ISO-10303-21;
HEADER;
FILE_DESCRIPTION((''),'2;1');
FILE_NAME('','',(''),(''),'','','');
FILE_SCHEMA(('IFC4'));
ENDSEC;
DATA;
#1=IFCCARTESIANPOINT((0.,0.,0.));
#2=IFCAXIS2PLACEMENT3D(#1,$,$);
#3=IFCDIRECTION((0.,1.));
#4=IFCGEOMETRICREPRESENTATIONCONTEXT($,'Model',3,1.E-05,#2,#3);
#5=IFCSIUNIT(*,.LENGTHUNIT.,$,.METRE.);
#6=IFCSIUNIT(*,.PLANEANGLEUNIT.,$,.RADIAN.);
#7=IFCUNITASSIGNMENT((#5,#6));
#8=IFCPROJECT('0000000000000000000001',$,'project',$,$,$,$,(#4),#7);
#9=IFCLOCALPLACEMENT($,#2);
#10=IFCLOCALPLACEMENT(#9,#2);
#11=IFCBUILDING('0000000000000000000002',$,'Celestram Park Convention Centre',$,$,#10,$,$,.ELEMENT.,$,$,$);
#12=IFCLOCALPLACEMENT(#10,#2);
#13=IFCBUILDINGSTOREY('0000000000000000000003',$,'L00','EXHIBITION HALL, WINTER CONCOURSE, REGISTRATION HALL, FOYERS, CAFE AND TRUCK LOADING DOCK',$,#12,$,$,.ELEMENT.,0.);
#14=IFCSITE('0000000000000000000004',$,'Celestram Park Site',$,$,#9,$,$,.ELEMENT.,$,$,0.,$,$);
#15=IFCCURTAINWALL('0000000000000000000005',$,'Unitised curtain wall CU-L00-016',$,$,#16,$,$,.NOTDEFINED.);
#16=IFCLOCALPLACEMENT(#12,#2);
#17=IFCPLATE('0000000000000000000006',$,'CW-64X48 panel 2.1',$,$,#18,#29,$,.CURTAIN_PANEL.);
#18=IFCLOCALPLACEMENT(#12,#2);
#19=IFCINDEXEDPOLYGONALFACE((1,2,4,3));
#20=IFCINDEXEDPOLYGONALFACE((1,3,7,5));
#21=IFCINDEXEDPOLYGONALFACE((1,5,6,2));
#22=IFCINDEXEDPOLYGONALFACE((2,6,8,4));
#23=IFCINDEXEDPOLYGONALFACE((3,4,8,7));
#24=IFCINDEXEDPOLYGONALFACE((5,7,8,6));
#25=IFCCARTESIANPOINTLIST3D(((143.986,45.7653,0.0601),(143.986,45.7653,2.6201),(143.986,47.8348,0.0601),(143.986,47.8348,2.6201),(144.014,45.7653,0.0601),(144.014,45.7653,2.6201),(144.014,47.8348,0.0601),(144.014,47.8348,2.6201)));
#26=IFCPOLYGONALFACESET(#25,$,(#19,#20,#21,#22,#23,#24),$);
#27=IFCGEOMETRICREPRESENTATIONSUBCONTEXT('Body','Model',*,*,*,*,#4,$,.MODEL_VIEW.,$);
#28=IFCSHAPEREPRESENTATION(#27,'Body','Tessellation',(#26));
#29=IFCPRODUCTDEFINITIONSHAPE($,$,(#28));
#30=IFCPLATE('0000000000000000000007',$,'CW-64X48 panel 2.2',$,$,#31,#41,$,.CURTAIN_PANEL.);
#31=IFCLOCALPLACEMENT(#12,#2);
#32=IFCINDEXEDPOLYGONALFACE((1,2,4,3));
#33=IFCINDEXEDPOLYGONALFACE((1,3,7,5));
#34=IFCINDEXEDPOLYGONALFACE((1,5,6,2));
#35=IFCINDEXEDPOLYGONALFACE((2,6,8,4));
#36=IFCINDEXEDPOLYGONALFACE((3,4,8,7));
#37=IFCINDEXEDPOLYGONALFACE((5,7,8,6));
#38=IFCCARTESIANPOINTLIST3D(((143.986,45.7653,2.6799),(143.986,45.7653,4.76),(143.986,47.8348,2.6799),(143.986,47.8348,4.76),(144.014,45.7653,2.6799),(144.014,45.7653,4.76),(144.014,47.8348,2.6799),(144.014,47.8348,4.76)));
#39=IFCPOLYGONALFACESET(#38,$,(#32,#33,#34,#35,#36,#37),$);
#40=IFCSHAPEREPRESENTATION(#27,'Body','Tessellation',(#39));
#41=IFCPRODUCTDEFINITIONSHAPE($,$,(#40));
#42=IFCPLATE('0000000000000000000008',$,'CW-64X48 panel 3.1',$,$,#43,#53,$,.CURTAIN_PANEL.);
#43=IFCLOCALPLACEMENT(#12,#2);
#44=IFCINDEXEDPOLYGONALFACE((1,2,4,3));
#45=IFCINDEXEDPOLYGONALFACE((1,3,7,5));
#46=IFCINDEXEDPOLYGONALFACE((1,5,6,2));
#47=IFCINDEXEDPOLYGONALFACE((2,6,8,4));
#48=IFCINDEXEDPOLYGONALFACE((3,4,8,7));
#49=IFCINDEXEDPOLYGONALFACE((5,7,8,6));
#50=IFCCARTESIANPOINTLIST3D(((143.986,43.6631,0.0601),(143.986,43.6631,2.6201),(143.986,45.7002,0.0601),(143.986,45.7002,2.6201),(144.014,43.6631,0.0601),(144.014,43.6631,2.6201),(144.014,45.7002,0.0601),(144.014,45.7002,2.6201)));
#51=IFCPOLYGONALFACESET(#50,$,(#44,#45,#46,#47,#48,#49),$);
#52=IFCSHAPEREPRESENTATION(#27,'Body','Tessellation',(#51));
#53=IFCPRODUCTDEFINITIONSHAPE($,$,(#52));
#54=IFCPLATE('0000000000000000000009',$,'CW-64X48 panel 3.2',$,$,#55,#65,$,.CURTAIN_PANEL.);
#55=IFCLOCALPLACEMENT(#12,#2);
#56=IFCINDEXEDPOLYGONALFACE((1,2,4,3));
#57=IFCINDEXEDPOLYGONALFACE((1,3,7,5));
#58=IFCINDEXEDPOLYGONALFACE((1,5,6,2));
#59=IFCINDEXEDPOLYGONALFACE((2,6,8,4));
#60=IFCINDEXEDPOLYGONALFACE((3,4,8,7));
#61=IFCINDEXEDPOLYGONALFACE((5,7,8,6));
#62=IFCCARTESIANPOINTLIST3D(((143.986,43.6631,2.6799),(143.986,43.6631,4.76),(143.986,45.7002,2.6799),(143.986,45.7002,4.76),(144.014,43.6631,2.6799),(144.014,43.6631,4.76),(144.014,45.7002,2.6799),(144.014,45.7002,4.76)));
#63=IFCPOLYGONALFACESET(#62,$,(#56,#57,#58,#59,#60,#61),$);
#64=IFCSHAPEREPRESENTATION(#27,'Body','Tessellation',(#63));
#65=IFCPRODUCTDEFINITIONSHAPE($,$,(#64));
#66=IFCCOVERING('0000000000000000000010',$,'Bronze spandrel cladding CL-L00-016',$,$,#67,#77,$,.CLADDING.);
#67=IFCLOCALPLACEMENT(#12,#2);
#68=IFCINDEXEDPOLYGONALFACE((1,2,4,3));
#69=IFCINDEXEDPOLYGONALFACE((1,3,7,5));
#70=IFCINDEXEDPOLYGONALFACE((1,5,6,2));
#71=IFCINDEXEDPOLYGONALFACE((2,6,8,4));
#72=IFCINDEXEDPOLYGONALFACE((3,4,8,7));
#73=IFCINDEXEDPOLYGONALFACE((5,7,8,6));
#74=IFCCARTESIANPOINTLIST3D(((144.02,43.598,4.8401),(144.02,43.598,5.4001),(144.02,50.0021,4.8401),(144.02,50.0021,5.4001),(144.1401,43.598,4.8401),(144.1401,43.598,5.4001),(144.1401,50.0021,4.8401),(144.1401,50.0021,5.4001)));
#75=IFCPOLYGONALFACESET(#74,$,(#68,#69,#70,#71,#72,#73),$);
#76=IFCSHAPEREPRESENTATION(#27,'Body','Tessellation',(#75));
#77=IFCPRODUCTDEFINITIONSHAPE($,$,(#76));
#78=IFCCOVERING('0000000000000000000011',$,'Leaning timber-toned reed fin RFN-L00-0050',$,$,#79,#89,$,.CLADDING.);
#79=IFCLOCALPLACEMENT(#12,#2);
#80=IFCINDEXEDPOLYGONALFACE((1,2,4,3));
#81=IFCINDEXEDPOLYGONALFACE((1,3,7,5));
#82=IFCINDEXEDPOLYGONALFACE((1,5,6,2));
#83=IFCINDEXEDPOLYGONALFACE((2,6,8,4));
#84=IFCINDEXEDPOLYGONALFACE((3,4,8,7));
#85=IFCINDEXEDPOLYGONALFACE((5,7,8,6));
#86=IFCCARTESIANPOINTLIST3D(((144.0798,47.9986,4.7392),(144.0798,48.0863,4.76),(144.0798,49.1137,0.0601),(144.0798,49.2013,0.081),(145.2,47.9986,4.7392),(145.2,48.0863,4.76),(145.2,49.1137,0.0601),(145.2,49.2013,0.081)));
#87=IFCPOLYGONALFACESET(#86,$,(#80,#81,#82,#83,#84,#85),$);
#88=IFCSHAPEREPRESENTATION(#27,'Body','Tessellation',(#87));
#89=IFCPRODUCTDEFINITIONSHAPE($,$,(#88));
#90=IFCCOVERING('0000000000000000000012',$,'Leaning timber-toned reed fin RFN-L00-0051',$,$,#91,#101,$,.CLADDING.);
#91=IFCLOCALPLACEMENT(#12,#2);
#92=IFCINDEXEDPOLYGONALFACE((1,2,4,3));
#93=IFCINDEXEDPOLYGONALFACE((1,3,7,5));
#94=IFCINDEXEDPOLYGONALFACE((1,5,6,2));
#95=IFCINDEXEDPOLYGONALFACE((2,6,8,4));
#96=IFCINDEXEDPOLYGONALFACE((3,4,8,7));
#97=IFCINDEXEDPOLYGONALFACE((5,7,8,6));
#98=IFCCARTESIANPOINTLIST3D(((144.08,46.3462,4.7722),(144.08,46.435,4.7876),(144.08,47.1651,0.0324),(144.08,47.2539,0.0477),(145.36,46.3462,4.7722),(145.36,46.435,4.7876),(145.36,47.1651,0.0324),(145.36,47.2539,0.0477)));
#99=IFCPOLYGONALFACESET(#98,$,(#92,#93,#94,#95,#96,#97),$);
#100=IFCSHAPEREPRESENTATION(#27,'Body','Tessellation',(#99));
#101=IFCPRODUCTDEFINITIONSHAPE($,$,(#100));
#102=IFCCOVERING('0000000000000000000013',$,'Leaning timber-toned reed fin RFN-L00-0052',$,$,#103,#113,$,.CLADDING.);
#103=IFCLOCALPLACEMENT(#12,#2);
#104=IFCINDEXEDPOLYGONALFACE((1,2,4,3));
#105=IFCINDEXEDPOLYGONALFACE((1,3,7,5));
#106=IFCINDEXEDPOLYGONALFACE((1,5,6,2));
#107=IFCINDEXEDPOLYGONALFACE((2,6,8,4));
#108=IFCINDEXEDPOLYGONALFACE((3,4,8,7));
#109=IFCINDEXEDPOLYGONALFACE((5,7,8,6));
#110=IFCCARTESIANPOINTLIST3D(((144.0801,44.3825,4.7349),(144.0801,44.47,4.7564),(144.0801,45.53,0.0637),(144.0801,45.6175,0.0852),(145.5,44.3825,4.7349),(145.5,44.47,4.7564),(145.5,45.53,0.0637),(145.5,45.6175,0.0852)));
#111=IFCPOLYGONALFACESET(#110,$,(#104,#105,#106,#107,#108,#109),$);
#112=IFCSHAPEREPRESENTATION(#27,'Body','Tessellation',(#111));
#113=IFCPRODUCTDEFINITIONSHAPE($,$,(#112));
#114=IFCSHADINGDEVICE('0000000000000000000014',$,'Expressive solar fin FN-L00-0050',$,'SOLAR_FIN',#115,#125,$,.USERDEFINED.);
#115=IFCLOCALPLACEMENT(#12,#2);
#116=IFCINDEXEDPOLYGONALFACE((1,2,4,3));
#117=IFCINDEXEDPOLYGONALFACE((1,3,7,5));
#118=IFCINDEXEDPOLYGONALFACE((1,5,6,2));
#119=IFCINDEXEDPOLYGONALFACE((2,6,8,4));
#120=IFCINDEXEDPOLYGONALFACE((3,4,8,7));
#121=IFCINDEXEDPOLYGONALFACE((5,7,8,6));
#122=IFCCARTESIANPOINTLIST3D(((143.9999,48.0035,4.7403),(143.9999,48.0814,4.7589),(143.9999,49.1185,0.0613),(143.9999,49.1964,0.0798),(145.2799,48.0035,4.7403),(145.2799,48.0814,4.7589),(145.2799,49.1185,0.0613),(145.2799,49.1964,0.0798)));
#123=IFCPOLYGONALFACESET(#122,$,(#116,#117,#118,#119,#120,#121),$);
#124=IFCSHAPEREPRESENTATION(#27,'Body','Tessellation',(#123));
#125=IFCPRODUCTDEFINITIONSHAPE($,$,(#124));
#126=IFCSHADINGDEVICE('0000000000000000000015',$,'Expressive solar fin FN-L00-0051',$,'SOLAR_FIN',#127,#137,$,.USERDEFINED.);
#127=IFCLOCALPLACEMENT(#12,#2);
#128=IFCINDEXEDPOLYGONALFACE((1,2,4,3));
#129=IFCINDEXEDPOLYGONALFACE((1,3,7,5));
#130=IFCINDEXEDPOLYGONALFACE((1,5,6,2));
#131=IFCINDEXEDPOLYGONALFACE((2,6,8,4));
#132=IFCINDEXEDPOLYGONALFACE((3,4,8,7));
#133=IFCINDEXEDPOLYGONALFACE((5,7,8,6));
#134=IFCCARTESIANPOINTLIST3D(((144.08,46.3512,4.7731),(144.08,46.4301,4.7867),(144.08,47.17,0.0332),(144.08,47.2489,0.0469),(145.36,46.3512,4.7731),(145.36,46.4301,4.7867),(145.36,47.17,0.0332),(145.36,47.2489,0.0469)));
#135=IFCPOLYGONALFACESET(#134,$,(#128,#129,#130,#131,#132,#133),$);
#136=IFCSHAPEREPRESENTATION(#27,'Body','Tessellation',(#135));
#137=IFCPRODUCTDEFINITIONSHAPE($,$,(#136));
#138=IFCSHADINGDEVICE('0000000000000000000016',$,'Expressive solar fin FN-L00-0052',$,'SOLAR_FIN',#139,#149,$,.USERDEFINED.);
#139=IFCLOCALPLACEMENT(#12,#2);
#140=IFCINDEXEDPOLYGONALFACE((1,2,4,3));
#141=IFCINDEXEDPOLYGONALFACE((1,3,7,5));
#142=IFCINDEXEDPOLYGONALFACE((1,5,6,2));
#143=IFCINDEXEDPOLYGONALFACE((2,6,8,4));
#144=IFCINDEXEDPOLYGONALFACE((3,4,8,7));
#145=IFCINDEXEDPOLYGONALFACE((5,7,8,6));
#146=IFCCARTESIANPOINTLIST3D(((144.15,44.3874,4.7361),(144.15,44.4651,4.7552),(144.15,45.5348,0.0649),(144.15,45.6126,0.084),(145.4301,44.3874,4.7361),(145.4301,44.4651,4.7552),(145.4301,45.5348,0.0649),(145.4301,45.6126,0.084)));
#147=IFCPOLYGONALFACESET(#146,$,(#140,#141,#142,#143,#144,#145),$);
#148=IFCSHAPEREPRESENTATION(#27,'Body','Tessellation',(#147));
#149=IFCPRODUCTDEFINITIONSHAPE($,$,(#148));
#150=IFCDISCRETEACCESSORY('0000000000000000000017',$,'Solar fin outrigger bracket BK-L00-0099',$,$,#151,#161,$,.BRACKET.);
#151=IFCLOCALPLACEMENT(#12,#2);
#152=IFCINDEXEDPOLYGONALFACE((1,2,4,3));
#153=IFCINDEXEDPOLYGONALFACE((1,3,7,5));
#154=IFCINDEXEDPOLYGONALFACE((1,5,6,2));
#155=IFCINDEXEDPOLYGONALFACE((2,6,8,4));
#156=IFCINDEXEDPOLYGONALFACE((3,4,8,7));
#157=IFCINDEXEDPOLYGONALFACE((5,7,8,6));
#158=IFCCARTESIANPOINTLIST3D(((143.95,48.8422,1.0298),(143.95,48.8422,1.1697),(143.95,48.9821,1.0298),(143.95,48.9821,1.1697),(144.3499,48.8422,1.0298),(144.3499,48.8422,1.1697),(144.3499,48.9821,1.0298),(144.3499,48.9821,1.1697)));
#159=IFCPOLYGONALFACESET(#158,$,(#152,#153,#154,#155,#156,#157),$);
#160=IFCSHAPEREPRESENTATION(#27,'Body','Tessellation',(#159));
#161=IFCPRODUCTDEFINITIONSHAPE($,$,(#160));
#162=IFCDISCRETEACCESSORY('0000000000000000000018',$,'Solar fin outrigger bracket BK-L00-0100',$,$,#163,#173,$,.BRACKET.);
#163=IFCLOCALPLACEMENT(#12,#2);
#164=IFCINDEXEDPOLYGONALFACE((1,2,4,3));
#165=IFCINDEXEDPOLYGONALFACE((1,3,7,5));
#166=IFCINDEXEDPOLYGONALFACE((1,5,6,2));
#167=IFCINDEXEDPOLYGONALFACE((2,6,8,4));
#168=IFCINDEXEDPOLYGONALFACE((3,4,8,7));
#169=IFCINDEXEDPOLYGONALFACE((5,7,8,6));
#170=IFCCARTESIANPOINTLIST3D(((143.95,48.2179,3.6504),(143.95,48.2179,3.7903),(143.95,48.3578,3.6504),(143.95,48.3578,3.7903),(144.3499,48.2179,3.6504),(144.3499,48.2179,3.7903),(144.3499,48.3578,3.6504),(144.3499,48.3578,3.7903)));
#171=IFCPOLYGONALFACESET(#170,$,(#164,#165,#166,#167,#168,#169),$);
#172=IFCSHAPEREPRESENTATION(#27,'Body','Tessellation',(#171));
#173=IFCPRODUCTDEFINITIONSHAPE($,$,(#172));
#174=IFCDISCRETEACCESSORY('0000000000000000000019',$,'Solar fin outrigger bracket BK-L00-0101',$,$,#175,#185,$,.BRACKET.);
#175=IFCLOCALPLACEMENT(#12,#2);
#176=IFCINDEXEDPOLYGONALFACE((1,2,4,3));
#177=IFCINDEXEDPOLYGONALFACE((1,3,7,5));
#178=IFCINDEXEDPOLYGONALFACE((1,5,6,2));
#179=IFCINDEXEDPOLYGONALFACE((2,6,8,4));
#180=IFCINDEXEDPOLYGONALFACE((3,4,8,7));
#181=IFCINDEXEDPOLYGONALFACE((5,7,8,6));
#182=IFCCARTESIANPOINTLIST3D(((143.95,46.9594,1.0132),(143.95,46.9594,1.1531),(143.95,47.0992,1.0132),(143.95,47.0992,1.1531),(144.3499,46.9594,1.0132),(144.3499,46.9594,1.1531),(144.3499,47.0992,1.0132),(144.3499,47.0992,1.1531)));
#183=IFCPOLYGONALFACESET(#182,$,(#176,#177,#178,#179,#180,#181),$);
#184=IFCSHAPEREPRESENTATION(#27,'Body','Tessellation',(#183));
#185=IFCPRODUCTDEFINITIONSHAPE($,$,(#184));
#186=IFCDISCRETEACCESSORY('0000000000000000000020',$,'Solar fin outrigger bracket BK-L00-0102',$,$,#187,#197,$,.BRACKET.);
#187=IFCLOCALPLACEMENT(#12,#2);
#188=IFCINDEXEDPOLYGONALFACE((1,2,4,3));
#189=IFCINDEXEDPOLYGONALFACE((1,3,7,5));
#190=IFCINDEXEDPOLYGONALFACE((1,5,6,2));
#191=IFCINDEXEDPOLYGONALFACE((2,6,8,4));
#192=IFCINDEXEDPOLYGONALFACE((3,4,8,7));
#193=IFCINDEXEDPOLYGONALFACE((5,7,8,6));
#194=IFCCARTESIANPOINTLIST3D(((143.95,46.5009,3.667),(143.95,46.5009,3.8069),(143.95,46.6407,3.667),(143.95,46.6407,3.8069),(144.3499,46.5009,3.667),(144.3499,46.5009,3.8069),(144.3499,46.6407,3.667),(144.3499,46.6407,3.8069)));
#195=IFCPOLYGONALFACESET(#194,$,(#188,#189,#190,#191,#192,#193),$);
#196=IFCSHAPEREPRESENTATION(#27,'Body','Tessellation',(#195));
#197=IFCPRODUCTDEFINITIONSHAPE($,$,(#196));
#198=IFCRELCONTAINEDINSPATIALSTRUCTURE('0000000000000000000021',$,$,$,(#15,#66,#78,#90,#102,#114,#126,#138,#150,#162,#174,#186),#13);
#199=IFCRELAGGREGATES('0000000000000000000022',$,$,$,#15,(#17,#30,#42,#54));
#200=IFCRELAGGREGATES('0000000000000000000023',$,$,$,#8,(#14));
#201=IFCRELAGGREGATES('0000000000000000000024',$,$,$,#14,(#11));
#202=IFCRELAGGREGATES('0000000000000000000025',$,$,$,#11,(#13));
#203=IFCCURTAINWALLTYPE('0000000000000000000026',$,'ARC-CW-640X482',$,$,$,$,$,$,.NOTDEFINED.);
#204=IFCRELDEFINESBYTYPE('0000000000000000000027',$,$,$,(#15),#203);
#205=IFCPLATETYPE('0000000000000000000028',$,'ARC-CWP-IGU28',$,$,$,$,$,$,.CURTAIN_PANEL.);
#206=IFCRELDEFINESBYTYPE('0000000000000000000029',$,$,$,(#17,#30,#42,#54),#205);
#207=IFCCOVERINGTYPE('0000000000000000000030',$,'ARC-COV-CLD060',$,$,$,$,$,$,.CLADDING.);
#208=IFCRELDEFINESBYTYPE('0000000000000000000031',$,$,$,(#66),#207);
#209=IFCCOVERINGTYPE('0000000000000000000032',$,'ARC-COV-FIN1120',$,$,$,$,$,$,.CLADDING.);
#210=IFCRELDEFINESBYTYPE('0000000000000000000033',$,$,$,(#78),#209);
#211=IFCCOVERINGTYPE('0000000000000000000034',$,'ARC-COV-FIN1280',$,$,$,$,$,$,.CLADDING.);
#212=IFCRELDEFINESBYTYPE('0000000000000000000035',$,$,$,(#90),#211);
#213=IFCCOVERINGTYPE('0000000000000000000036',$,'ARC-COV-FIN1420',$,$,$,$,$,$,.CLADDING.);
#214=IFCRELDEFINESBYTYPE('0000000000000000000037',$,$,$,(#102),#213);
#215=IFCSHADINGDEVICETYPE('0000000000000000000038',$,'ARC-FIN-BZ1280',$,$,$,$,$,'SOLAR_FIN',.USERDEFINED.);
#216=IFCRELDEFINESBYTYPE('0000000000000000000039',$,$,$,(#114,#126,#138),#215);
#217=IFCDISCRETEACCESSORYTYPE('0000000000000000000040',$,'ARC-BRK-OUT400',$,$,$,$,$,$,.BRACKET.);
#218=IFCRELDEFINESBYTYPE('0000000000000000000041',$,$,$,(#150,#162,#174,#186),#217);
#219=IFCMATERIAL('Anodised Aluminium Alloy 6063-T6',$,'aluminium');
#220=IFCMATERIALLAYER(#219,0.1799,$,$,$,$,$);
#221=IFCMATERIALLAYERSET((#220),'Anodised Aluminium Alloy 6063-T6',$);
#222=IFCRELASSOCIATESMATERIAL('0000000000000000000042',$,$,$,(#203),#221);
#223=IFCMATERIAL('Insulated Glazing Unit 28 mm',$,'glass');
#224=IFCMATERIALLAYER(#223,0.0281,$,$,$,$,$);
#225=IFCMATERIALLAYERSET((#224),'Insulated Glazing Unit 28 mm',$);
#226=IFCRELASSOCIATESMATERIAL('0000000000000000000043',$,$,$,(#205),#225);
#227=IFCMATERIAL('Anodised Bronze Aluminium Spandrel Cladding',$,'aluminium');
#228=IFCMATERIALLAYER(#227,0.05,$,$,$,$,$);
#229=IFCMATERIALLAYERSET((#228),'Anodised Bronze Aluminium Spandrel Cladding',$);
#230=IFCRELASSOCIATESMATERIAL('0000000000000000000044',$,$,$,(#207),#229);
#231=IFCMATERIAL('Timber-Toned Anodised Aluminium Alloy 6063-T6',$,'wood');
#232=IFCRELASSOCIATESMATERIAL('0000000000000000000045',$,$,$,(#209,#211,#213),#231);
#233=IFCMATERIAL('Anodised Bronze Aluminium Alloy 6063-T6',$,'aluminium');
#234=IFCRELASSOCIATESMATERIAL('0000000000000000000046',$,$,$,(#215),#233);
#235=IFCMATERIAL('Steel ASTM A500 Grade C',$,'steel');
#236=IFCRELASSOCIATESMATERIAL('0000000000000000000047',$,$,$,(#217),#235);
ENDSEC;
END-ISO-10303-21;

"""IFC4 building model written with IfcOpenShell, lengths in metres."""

from ifc_helpers import new_model, si_unit, direction, frame, origin, origin_2d, place, context, subcontext, project, spatial, rectangle, extrude, material, layer, layer_set, material_profile, profile_set, type_object, element, aggregate, save


model = new_model("IFC4")

# Units and contexts
model_context = context("Model", 3, precision=1e-05, world=origin(), true_north=direction((0.0, 1.0)))
body_context = subcontext(model_context, "Body", "Model", "MODEL_VIEW")
ifc_project = project(units=[si_unit("LENGTHUNIT", "METRE"), si_unit("PLANEANGLEUNIT", "RADIAN")], contexts=[model_context])

# Site, building, storey
site_placement = place(None, origin())
site = spatial("IfcSite", under=ifc_project, at=site_placement, Name="Celestram Park Site", CompositionType="ELEMENT", RefElevation=0.0)
building_placement = place(site_placement, origin())
building = spatial("IfcBuilding", under=site, at=building_placement, Name="Celestram Park Convention Centre", CompositionType="ELEMENT")
storey_placement = place(building_placement, origin())
storey = spatial("IfcBuildingStorey", under=building, at=storey_placement, Name="L00", Description="EXHIBITION HALL, WINTER CONCOURSE, REGISTRATION HALL, FOYERS, CAFE AND TRUCK LOADING DOCK", CompositionType="ELEMENT", Elevation=0.0)

# Curtain wall, plates
ifc_material_1 = material(Name="Anodised Aluminium Alloy 6063-T6", Category="aluminium")
ifc_layer_1 = layer(ifc_material_1, 0.1799)
ifc_layer_set_1 = layer_set([ifc_layer_1], Name="Anodised Aluminium Alloy 6063-T6")
curtain_wall_type = type_object("IfcCurtainWallType", Name="ARC-CW-640X482", PredefinedType="NOTDEFINED", material=ifc_layer_set_1)
curtain_wall_placement = place(storey_placement, origin())
curtain_wall = element("IfcCurtainWall", 1, at=curtain_wall_placement, inside=storey, type_object=curtain_wall_type, Name="Unitised curtain wall CU-L00-016", PredefinedType="NOTDEFINED")
ifc_material_2 = material(Name="Insulated Glazing Unit 28 mm", Category="glass")
ifc_layer_2 = layer(ifc_material_2, 0.0281)
ifc_layer_set_2 = layer_set([ifc_layer_2], Name="Insulated Glazing Unit 28 mm")
plate_type = type_object("IfcPlateType", Name="ARC-CWP-IGU28", PredefinedType="CURTAIN_PANEL", material=ifc_layer_set_2)
plate_1_placement = place(storey_placement, frame((144.0, 46.8, 0.0601), z_axis=(0.0, 0.0, 1.0), x_axis=(0.0, -1.0, 0.0)))
plate_1 = element("IfcPlate", 2, at=plate_1_placement, type_object=plate_type, Name="CW-64X48 panel 2.1", PredefinedType="CURTAIN_PANEL", context=body_context, shape_type="SweptSolid", body=[
    extrude(rectangle(XDim=2.0696, YDim=0.0281, at=origin_2d()), origin(), (0.0, 0.0, 1.0), 2.5601),
])
plate_2_placement = place(storey_placement, frame((144.0, 46.8, 2.6799), z_axis=(0.0, 0.0, 1.0), x_axis=(0.0, -1.0, 0.0)))
plate_2 = element("IfcPlate", 3, at=plate_2_placement, type_object=plate_type, Name="CW-64X48 panel 2.2", PredefinedType="CURTAIN_PANEL", context=body_context, shape_type="SweptSolid", body=[
    extrude(rectangle(XDim=2.0696, YDim=0.0281, at=origin_2d()), origin(), (0.0, 0.0, 1.0), 2.0801),
])
plate_3_placement = place(storey_placement, frame((144.0, 44.6816, 0.0601), z_axis=(0.0, 0.0, 1.0), x_axis=(0.0, -1.0, 0.0)))
plate_3 = element("IfcPlate", 4, at=plate_3_placement, type_object=plate_type, Name="CW-64X48 panel 3.1", PredefinedType="CURTAIN_PANEL", context=body_context, shape_type="SweptSolid", body=[
    extrude(rectangle(XDim=2.0371, YDim=0.0281, at=origin_2d()), origin(), (0.0, 0.0, 1.0), 2.5601),
])
plate_4_placement = place(storey_placement, frame((144.0, 44.6816, 2.6799), z_axis=(0.0, 0.0, 1.0), x_axis=(0.0, -1.0, 0.0)))
plate_4 = element("IfcPlate", 5, at=plate_4_placement, type_object=plate_type, Name="CW-64X48 panel 3.2", PredefinedType="CURTAIN_PANEL", context=body_context, shape_type="SweptSolid", body=[
    extrude(rectangle(XDim=2.0371, YDim=0.0281, at=origin_2d()), origin(), (0.0, 0.0, 1.0), 2.0801),
])
aggregate(curtain_wall, [plate_1, plate_2, plate_3, plate_4])

# Coverings
ifc_material_3 = material(Name="Anodised Bronze Aluminium Spandrel Cladding", Category="aluminium")
ifc_layer_3 = layer(ifc_material_3, 0.05)
ifc_layer_set_3 = layer_set([ifc_layer_3], Name="Anodised Bronze Aluminium Spandrel Cladding")
covering_type_1 = type_object("IfcCoveringType", Name="ARC-COV-CLD060", PredefinedType="CLADDING", material=ifc_layer_set_3)
covering_1_placement = place(storey_placement, frame((144.0801, 46.8, 4.8401), z_axis=(0.0, 0.0, 1.0), x_axis=(0.0, -1.0, 0.0)))
element("IfcCovering", 6, at=covering_1_placement, inside=storey, type_object=covering_type_1, Name="Bronze spandrel cladding CL-L00-016", PredefinedType="CLADDING", context=body_context, shape_type="SweptSolid", body=[
    extrude(rectangle(XDim=6.4041, YDim=0.1201, at=origin_2d()), origin(), (0.0, 0.0, 1.0), 0.5601),
])
ifc_material_4 = material(Name="Timber-Toned Anodised Aluminium Alloy 6063-T6", Category="wood")
ifc_material_profile_1 = material_profile(ifc_material_4, rectangle(XDim=1.1201, YDim=0.0901, at=origin_2d()), Name="REED1120X90")
ifc_profile_set_1 = profile_set([ifc_material_profile_1], Name="Timber-Toned Anodised Aluminium Alloy 6063-T6")
covering_type_2 = type_object("IfcCoveringType", Name="ARC-COV-FIN1120", PredefinedType="CLADDING", material=ifc_profile_set_1)
covering_2_placement = place(storey_placement, frame((144.6399, 49.1575, 0.0706), z_axis=(0.0, -0.231808, 0.972762), x_axis=(1.0, 0.0, 0.0)))
element("IfcCovering", 7, at=covering_2_placement, inside=storey, type_object=covering_type_2, Name="Leaning timber-toned reed fin RFN-L00-0050", PredefinedType="CLADDING", context=body_context, shape_type="SweptSolid", body=[
    extrude(rectangle(XDim=1.1201, YDim=0.0901, at=origin_2d()), origin(), (0.0, 0.0, 1.0), 4.8101),
])
ifc_material_profile_2 = material_profile(ifc_material_4, rectangle(XDim=1.28, YDim=0.0901, at=origin_2d()), Name="REED1280X90")
ifc_profile_set_2 = profile_set([ifc_material_profile_2], Name="Timber-Toned Anodised Aluminium Alloy 6063-T6")
covering_type_3 = type_object("IfcCoveringType", Name="ARC-COV-FIN1280", PredefinedType="CLADDING", material=ifc_profile_set_2)
covering_3_placement = place(storey_placement, frame((144.72, 47.2095, 0.04), z_axis=(0.0, -0.17024, 0.985403), x_axis=(1.0, 0.0, 0.0)))
element("IfcCovering", 8, at=covering_3_placement, inside=storey, type_object=covering_type_3, Name="Leaning timber-toned reed fin RFN-L00-0051", PredefinedType="CLADDING", context=body_context, shape_type="SweptSolid", body=[
    extrude(rectangle(XDim=1.28, YDim=0.0901, at=origin_2d()), origin(), (0.0, 0.0, 1.0), 4.8101),
])
ifc_material_profile_3 = material_profile(ifc_material_4, rectangle(XDim=1.4199, YDim=0.0901, at=origin_2d()), Name="REED1420X90")
ifc_profile_set_3 = profile_set([ifc_material_profile_3], Name="Timber-Toned Anodised Aluminium Alloy 6063-T6")
covering_type_4 = type_object("IfcCoveringType", Name="ARC-COV-FIN1420", PredefinedType="CLADDING", material=ifc_profile_set_3)
covering_4_placement = place(storey_placement, frame((144.79, 45.5737, 0.0745), z_axis=(0.0, -0.238557, 0.971129), x_axis=(1.0, 0.0, 0.0)))
element("IfcCovering", 9, at=covering_4_placement, inside=storey, type_object=covering_type_4, Name="Leaning timber-toned reed fin RFN-L00-0052", PredefinedType="CLADDING", context=body_context, shape_type="SweptSolid", body=[
    extrude(rectangle(XDim=1.4199, YDim=0.0901, at=origin_2d()), origin(), (0.0, 0.0, 1.0), 4.8101),
])

# Shading devices
ifc_material_5 = material(Name="Anodised Bronze Aluminium Alloy 6063-T6", Category="aluminium")
ifc_material_profile_4 = material_profile(ifc_material_5, rectangle(XDim=1.28, YDim=0.0801, at=origin_2d()), Name="FIN1280X80")
ifc_profile_set_4 = profile_set([ifc_material_profile_4], Name="Anodised Bronze Aluminium Alloy 6063-T6")
shading_device_type = type_object("IfcShadingDeviceType", Name="ARC-FIN-BZ1280", ElementType="SOLAR_FIN", PredefinedType="USERDEFINED", material=ifc_profile_set_4)
for number, where, z_axis, x_axis, name in (
    (10, (144.6399, 49.1575, 0.0706), (0.0, -0.231808, 0.972762), (1.0, 0.0, 0.0), "Expressive solar fin FN-L00-0050"),
    (11, (144.72, 47.2095, 0.04), (0.0, -0.17024, 0.985403), (1.0, 0.0, 0.0), "Expressive solar fin FN-L00-0051"),
    (12, (144.79, 45.5737, 0.0745), (0.0, -0.238557, 0.971129), (1.0, 0.0, 0.0), "Expressive solar fin FN-L00-0052"),
):
    element("IfcShadingDevice", number, at=place(storey_placement, frame(where, z_axis=z_axis, x_axis=x_axis)), inside=storey, type_object=shading_device_type, Name=name, ObjectType="SOLAR_FIN", PredefinedType="USERDEFINED", context=body_context, shape_type="SweptSolid", body=[
        extrude(rectangle(XDim=1.28, YDim=0.0801, at=origin_2d()), origin(), (0.0, 0.0, 1.0), 4.8101),
    ])

# Discrete accessories
ifc_material_6 = material(Name="Steel ASTM A500 Grade C", Category="steel")
discrete_accessory_type = type_object("IfcDiscreteAccessoryType", Name="ARC-BRK-OUT400", PredefinedType="BRACKET", material=ifc_material_6)
for number, where, z_axis, x_axis, name in (
    (13, (144.1499, 48.9121, 1.0298), (0.0, 0.0, 1.0), (1.0, 0.0, 0.0), "Solar fin outrigger bracket BK-L00-0099"),
    (14, (144.1499, 48.2878, 3.6504), (0.0, 0.0, 1.0), (1.0, 0.0, 0.0), "Solar fin outrigger bracket BK-L00-0100"),
    (15, (144.1499, 47.0293, 1.0132), (0.0, 0.0, 1.0), (1.0, 0.0, 0.0), "Solar fin outrigger bracket BK-L00-0101"),
    (16, (144.1499, 46.5708, 3.667), (0.0, 0.0, 1.0), (1.0, 0.0, 0.0), "Solar fin outrigger bracket BK-L00-0102"),
):
    element("IfcDiscreteAccessory", number, at=place(storey_placement, frame(where, z_axis=z_axis, x_axis=x_axis)), inside=storey, type_object=discrete_accessory_type, Name=name, PredefinedType="BRACKET", context=body_context, shape_type="SweptSolid", body=[
        extrude(rectangle(XDim=0.3999, YDim=0.1399, at=origin_2d()), origin(), (0.0, 0.0, 1.0), 0.1399),
    ])

save(model, "model.ifc")
